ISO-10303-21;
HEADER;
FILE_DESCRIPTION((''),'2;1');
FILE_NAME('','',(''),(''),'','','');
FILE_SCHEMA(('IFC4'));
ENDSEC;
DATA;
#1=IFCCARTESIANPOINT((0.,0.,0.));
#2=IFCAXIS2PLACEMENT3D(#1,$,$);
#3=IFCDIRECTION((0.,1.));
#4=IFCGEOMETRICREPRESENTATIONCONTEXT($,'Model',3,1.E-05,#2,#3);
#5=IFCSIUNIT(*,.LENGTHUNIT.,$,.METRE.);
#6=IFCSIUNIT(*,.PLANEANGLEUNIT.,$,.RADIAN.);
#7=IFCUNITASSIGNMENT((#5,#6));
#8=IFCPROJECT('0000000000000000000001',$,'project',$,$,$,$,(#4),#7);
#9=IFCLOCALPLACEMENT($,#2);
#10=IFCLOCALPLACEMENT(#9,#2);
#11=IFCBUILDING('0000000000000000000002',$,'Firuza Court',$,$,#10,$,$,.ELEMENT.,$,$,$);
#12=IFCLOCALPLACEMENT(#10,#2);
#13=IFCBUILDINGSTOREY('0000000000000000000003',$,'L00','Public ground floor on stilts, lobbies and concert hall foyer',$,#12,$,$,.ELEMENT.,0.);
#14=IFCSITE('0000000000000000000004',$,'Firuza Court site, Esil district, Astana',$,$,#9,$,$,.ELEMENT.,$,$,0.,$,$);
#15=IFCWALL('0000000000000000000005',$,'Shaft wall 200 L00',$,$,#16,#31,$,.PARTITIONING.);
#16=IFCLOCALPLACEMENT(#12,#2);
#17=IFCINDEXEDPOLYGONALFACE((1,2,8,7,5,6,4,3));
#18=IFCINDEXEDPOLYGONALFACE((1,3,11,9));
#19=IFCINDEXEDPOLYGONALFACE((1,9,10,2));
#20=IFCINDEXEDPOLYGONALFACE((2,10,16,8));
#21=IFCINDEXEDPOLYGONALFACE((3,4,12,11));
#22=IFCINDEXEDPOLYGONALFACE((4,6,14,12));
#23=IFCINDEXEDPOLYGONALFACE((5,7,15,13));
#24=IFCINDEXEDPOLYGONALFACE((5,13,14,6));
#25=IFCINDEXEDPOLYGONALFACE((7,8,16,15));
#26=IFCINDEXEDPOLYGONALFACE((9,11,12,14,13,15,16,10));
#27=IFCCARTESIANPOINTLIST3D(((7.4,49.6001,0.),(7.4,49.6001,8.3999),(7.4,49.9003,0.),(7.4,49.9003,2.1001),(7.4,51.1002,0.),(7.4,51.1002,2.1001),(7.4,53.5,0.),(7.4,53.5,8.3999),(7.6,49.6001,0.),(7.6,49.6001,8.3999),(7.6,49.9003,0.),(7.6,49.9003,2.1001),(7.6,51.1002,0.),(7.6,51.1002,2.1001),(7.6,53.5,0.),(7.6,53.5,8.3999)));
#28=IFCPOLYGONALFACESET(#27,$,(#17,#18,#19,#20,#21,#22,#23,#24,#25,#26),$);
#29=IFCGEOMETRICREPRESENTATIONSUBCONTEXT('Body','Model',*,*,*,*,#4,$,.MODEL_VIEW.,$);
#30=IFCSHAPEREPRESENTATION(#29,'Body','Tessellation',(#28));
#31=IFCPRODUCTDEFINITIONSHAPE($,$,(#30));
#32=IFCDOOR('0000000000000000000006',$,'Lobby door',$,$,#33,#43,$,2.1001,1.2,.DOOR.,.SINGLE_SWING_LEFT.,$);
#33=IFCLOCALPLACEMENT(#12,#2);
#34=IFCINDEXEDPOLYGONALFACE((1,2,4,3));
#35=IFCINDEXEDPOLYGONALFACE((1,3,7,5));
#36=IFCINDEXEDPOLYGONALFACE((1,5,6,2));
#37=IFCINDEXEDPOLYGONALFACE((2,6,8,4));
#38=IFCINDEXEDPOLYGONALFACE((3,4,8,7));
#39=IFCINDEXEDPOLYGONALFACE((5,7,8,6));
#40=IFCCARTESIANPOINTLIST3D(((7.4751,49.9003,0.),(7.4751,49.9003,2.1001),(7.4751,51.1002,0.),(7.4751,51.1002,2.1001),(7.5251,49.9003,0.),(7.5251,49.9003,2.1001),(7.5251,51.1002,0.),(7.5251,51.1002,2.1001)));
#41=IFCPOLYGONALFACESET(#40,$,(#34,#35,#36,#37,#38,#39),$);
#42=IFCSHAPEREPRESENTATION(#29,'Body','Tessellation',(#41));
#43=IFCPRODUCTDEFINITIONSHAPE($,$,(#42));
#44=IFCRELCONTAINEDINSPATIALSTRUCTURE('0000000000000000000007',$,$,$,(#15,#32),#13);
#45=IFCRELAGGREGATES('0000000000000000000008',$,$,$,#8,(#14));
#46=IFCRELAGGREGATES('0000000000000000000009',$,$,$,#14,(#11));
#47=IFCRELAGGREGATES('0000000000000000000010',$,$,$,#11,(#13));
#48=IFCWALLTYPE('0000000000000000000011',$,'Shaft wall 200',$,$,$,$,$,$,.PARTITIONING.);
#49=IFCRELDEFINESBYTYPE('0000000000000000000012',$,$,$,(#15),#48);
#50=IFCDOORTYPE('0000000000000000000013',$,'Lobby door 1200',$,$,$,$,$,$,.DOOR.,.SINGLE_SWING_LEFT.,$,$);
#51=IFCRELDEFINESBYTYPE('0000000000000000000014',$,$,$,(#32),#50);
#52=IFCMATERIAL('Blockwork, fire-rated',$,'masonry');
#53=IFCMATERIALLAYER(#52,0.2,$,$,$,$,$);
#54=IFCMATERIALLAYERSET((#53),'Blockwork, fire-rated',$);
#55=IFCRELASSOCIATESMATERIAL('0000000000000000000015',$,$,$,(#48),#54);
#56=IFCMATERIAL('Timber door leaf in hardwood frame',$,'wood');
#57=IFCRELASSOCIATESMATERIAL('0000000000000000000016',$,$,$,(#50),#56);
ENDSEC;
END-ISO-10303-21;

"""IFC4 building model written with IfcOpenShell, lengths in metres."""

from ifc_helpers import new_model, si_unit, direction, frame, frame_2d, origin, place, context, subcontext, project, spatial, rectangle, extrude, material, layer, layer_set, type_object, element, fill, save


model = new_model("IFC4")

# Units and contexts
model_context = context("Model", 3, precision=1e-05, world=origin(), true_north=direction((0.0, 1.0)))
body_context = subcontext(model_context, "Body", "Model", "MODEL_VIEW")
ifc_project = project(units=[si_unit("LENGTHUNIT", "METRE"), si_unit("PLANEANGLEUNIT", "RADIAN")], contexts=[model_context])

# Site, building, storey
site_placement = place(None, origin())
site = spatial("IfcSite", under=ifc_project, at=site_placement, Name="Firuza Court site, Esil district, Astana", CompositionType="ELEMENT", RefElevation=0.0)
building_placement = place(site_placement, origin())
building = spatial("IfcBuilding", under=site, at=building_placement, Name="Firuza Court", CompositionType="ELEMENT")
storey_placement = place(building_placement, origin())
storey = spatial("IfcBuildingStorey", under=building, at=storey_placement, Name="L00", Description="Public ground floor on stilts, lobbies and concert hall foyer", CompositionType="ELEMENT", Elevation=0.0)

# Shared definitions
ifc_material_1 = material(Name="Blockwork, fire-rated", Category="masonry")

# Shared definitions
ifc_layer_1 = layer(ifc_material_1, 0.2)
ifc_layer_set_1 = layer_set([ifc_layer_1], Name="Blockwork, fire-rated")
wall_type_1 = type_object("IfcWallType", Name="Shaft wall 200", PredefinedType="PARTITIONING", material=ifc_layer_set_1)
ifc_material_2 = material(Name="Timber door leaf in hardwood frame", Category="wood")
door_type_1 = type_object("IfcDoorType", Name="Lobby door 1200", OperationType="SINGLE_SWING_LEFT", PredefinedType="DOOR", material=ifc_material_2)

# Wall, opening, door
wall_1_placement = place(storey_placement, frame((7.5, 49.6001, 0.0), z_axis=(0.0, 0.0, 1.0), x_axis=(0.0, 1.0, 0.0)))
wall_1 = element("IfcWall", 1, at=wall_1_placement, inside=storey, type_object=wall_type_1, Name="Shaft wall 200 L00", PredefinedType="PARTITIONING", context=body_context, shape_type="SweptSolid", body=[
    extrude(rectangle(XDim=3.8999, YDim=0.2, at=frame_2d((1.95, 0.0))), origin(), (0.0, 0.0, 1.0), 8.3999),
])
opening_1_placement = place(wall_1_placement, frame((0.3, 0.0, 0.0)))
opening_1 = element("IfcOpeningElement", 2, at=opening_1_placement, cuts=wall_1, PredefinedType="OPENING", context=body_context, shape_type="SweptSolid", body=[
    extrude(rectangle(XDim=1.2, YDim=2.1001, at=frame_2d((0.6001, 1.05))), frame((0.0, 0.1118, 0.0), z_axis=(0.0, -1.0, 0.0), x_axis=(1.0, 0.0, 0.0)), (0.0, 0.0, 1.0), 0.2239),
])
door_1_placement = place(opening_1_placement, origin())
door_1 = element("IfcDoor", 3, at=door_1_placement, inside=storey, type_object=door_type_1, Name="Lobby door", OperationType="SINGLE_SWING_LEFT", OverallHeight=2.1001, OverallWidth=1.2, PredefinedType="DOOR", context=body_context, shape_type="SweptSolid", body=[
    extrude(rectangle(XDim=1.2, YDim=2.1001, at=frame_2d((0.6001, 1.05))), frame((0.0, 0.0249, 0.0), z_axis=(0.0, -1.0, 0.0), x_axis=(1.0, 0.0, 0.0)), (0.0, 0.0, 1.0), 0.05),
])
fill(opening_1, door_1)

save(model, "model.ifc")
